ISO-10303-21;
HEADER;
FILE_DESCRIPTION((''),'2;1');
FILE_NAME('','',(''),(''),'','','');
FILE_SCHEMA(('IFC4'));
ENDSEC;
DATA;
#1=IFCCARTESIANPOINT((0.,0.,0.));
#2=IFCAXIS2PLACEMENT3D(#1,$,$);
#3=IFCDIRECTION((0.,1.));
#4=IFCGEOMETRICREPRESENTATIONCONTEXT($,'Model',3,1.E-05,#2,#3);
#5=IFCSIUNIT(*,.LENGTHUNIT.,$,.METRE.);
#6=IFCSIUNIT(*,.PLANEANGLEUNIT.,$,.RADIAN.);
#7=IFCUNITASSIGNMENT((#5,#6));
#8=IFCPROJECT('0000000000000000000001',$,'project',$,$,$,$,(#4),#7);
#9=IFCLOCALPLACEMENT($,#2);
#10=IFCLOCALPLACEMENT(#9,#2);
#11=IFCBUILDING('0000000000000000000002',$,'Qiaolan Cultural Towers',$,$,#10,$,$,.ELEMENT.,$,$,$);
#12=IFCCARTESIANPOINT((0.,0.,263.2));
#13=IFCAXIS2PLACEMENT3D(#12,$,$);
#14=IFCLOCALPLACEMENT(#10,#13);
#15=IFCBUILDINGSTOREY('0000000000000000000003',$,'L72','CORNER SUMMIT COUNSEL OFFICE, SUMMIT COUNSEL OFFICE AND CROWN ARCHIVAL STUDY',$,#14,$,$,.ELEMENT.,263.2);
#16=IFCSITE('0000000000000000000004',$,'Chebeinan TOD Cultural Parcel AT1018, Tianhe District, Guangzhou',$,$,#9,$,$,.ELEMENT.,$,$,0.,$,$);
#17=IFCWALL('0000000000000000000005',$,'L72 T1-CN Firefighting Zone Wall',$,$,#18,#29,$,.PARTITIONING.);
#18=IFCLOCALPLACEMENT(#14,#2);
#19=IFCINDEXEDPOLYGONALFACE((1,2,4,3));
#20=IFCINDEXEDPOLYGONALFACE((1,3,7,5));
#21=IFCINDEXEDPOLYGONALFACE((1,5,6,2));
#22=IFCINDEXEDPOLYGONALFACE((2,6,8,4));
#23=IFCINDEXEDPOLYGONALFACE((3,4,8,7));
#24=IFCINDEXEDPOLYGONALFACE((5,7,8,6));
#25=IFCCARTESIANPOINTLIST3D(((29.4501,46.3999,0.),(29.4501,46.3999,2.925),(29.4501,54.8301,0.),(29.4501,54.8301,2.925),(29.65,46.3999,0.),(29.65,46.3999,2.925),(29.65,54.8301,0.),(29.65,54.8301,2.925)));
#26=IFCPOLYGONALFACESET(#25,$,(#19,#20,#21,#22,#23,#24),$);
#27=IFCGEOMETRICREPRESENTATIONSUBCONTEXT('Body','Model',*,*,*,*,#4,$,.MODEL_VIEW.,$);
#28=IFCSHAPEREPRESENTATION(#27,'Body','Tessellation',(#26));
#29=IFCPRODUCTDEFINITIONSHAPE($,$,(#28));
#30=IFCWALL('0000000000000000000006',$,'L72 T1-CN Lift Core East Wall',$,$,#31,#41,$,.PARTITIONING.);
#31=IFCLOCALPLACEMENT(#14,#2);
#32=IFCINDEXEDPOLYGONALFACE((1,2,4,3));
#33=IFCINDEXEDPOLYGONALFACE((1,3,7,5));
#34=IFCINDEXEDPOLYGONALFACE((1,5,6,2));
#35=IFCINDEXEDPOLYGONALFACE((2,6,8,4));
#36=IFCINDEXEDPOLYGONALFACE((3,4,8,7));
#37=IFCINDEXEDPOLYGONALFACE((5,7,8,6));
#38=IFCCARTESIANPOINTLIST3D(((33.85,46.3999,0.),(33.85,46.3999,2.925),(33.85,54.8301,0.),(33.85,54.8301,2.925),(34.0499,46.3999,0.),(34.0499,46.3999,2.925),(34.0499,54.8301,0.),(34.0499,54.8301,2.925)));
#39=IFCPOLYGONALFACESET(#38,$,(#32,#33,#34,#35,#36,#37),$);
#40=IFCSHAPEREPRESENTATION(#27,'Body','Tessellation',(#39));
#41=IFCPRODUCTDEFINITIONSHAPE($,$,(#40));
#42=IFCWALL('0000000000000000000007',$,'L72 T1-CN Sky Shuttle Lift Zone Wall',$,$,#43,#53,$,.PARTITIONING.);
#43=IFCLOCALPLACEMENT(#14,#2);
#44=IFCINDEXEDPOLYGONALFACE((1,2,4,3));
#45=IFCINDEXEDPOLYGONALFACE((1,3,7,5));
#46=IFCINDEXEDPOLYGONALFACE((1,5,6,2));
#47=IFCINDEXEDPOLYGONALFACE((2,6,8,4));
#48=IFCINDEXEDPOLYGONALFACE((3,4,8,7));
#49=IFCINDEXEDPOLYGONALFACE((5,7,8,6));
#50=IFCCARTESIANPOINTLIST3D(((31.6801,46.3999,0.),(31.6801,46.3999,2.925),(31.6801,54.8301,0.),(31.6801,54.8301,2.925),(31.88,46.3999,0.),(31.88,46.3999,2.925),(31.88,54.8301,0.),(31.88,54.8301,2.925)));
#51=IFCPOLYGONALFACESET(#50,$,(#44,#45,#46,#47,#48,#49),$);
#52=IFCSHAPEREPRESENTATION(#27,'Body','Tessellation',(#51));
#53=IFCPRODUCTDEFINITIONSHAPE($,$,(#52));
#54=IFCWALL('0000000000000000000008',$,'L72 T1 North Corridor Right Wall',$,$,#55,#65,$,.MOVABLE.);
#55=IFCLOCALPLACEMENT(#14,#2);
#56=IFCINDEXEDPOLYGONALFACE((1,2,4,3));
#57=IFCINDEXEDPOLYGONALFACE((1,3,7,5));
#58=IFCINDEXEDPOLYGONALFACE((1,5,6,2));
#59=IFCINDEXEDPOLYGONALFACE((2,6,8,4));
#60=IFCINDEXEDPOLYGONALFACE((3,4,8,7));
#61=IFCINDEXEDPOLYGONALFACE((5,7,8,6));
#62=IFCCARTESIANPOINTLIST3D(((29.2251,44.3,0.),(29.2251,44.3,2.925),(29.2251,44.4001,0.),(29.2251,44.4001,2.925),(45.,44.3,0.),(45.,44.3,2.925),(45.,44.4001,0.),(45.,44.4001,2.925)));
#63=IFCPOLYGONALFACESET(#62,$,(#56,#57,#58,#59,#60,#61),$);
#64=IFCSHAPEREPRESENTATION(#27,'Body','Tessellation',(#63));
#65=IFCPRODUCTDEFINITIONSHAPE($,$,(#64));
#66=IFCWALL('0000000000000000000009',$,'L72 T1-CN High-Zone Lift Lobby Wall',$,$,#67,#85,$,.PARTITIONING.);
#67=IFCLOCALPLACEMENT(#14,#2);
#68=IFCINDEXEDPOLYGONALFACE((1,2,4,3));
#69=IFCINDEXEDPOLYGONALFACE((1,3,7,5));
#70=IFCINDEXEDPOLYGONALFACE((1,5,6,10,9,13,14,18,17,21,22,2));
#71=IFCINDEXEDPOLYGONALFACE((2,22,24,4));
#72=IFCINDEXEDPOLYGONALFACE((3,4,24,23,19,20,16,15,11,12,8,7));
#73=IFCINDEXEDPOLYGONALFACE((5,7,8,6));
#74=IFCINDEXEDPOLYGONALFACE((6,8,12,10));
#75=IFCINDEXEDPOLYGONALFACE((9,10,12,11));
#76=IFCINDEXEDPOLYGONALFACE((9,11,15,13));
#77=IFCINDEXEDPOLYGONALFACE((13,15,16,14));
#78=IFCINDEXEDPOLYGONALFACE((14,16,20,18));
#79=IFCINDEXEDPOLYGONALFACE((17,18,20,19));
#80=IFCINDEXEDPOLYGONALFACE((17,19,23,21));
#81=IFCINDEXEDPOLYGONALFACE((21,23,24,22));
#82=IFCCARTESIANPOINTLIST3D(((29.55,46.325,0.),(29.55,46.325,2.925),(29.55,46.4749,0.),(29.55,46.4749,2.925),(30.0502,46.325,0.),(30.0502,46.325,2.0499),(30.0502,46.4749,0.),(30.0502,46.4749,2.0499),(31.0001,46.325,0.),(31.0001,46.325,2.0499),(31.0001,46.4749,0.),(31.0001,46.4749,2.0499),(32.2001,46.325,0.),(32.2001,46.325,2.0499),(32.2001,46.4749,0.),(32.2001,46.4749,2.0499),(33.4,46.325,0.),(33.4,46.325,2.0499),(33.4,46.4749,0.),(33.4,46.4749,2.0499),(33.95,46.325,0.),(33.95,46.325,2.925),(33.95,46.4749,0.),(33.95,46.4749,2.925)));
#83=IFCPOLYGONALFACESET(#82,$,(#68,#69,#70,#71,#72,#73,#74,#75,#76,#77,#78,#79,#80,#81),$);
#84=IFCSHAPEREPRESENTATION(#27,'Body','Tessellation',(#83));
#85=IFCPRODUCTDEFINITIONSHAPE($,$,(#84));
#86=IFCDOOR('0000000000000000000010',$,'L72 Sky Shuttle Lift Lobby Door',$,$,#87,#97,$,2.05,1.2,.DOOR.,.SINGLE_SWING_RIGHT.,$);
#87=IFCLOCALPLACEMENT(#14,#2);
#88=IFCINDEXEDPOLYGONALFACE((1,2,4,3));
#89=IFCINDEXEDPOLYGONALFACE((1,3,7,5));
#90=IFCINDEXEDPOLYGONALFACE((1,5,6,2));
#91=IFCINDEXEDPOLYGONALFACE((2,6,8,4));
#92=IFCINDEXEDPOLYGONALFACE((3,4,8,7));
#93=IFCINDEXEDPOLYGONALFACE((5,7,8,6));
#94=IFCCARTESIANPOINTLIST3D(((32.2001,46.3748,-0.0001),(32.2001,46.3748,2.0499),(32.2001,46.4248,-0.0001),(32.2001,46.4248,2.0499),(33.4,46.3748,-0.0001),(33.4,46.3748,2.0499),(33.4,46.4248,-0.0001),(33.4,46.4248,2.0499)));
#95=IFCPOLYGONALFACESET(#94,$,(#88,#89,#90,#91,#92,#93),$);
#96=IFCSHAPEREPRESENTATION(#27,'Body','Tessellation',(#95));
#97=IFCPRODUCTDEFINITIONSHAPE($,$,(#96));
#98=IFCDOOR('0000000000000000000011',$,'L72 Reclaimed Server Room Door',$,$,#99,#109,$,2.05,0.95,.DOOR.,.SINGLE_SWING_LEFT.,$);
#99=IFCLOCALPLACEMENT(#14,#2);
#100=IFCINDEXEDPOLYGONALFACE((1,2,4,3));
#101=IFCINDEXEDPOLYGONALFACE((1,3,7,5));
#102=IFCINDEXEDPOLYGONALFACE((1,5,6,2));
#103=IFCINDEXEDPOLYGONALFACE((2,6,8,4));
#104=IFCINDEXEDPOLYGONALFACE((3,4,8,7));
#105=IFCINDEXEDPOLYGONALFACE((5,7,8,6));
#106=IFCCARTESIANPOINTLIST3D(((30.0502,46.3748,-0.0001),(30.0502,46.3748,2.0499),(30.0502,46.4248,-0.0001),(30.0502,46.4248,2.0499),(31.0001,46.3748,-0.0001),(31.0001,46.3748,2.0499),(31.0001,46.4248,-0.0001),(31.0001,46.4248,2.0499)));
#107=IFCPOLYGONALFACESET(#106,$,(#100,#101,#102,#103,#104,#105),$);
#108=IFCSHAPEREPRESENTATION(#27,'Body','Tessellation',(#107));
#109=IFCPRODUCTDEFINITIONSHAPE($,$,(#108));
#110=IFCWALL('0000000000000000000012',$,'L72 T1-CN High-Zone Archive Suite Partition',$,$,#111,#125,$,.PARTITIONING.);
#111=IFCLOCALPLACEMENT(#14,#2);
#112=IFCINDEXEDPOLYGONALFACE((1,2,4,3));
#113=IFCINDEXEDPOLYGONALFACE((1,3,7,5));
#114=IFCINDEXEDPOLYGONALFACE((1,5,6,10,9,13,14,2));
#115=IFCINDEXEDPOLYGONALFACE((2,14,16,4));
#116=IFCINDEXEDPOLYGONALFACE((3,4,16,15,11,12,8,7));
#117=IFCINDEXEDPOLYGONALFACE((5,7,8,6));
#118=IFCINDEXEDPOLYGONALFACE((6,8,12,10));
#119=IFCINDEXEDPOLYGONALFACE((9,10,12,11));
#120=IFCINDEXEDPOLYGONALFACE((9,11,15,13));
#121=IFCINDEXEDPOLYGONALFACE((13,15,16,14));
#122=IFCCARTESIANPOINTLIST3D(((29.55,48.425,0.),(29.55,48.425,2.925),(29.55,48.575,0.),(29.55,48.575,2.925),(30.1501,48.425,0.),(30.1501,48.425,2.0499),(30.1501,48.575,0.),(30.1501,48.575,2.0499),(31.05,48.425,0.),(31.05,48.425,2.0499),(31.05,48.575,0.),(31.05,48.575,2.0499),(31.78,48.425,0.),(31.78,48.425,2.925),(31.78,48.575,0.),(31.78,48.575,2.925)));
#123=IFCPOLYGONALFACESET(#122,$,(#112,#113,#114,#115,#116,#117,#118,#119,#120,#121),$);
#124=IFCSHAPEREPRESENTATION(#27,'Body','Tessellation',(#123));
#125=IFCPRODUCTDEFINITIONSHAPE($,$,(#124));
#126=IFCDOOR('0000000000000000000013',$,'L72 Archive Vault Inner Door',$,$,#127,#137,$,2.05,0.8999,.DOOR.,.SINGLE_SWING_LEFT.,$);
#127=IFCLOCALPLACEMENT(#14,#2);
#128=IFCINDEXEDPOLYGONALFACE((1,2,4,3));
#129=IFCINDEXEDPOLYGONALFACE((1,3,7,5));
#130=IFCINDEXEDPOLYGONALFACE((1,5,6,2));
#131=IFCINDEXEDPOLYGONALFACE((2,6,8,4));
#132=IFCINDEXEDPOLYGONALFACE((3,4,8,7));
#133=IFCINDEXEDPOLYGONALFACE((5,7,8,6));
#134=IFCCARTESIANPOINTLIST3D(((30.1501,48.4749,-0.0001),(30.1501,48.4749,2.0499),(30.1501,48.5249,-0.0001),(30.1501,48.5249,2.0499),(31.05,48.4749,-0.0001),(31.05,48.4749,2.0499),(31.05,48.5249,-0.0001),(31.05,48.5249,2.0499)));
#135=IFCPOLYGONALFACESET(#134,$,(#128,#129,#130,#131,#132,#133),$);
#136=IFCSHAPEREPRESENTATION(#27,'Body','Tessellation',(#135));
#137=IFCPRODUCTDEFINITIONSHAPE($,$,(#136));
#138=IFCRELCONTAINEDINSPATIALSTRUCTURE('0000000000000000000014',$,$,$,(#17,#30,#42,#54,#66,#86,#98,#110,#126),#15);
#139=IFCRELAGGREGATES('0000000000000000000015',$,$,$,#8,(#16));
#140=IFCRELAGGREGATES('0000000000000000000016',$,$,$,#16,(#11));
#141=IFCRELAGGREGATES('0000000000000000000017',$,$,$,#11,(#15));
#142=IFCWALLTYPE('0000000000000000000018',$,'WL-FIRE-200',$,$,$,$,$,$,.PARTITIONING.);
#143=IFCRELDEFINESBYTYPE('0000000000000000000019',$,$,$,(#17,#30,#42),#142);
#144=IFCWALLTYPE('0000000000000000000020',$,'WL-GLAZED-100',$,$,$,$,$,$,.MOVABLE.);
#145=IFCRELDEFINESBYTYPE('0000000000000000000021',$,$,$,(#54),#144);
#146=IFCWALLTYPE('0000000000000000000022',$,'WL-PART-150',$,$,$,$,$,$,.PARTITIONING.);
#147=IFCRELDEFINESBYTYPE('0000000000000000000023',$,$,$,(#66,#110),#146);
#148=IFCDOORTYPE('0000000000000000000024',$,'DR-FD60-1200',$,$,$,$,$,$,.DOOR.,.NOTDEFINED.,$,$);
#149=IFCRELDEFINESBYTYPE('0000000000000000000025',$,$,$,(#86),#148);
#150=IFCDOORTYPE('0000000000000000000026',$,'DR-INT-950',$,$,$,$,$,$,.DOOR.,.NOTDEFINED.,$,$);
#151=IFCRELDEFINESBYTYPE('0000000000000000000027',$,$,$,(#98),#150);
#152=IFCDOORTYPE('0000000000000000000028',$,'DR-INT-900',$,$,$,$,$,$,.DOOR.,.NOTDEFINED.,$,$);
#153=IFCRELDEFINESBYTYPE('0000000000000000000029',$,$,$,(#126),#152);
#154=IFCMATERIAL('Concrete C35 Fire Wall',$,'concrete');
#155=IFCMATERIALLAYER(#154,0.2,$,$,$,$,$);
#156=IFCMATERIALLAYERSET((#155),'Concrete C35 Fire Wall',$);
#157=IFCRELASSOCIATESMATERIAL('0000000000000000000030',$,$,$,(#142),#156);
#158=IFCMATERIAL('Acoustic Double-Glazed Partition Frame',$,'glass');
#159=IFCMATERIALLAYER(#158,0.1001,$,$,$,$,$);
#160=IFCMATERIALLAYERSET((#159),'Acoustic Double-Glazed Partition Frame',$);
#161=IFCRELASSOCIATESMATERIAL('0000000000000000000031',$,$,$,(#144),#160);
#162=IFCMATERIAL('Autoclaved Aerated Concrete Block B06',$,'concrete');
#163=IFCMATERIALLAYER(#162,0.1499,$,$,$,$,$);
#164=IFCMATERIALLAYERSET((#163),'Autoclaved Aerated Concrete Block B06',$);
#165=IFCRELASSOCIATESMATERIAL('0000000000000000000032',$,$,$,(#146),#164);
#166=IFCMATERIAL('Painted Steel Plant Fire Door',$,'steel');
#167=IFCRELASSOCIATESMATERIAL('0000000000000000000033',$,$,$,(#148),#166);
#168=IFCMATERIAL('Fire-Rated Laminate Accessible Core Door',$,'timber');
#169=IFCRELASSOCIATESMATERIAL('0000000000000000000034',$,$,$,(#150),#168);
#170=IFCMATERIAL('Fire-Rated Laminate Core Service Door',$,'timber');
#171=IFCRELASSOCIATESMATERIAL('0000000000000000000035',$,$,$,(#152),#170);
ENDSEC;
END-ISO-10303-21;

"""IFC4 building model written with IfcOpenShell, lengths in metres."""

from ifc_helpers import new_model, si_unit, direction, frame, frame_2d, origin, place, context, subcontext, project, spatial, rectangle, extrude, material, layer, layer_set, type_object, element, fill, save


model = new_model("IFC4")

# Units and contexts
model_context = context("Model", 3, precision=1e-05, world=origin(), true_north=direction((0.0, 1.0)))
body_context = subcontext(model_context, "Body", "Model", "MODEL_VIEW")
ifc_project = project(units=[si_unit("LENGTHUNIT", "METRE"), si_unit("PLANEANGLEUNIT", "RADIAN")], contexts=[model_context])

# Site, building, storey
site_placement = place(None, origin())
site = spatial("IfcSite", under=ifc_project, at=site_placement, Name="Chebeinan TOD Cultural Parcel AT1018, Tianhe District, Guangzhou", CompositionType="ELEMENT", RefElevation=0.0)
building_placement = place(site_placement, origin())
building = spatial("IfcBuilding", under=site, at=building_placement, Name="Qiaolan Cultural Towers", CompositionType="ELEMENT")
storey_placement = place(building_placement, frame((0.0, 0.0, 263.2)))
storey = spatial("IfcBuildingStorey", under=building, at=storey_placement, Name="L72", Description="CORNER SUMMIT COUNSEL OFFICE, SUMMIT COUNSEL OFFICE AND CROWN ARCHIVAL STUDY", CompositionType="ELEMENT", Elevation=263.2)

# Walls
ifc_material_1 = material(Name="Concrete C35 Fire Wall", Category="concrete")
ifc_layer_1 = layer(ifc_material_1, 0.2)
ifc_layer_set_1 = layer_set([ifc_layer_1], Name="Concrete C35 Fire Wall")
wall_type_1 = type_object("IfcWallType", Name="WL-FIRE-200", PredefinedType="PARTITIONING", material=ifc_layer_set_1)
for number, where, z_axis, x_axis, name in (
    (1, (29.55, 46.3999, 0.0), (0.0, 0.0, 1.0), (0.0, 1.0, 0.0), "L72 T1-CN Firefighting Zone Wall"),
    (2, (33.95, 46.3999, 0.0), (0.0, 0.0, 1.0), (0.0, 1.0, 0.0), "L72 T1-CN Lift Core East Wall"),
    (3, (31.78, 46.3999, 0.0), (0.0, 0.0, 1.0), (0.0, 1.0, 0.0), "L72 T1-CN Sky Shuttle Lift Zone Wall"),
):
    element("IfcWall", number, at=place(storey_placement, frame(where, z_axis=z_axis, x_axis=x_axis)), inside=storey, type_object=wall_type_1, Name=name, PredefinedType="PARTITIONING", context=body_context, shape_type="SweptSolid", body=[
        extrude(rectangle(XDim=8.4302, YDim=0.2, at=frame_2d((4.2151, 0.0))), origin(), (0.0, 0.0, 1.0), 2.925),
    ])
ifc_material_2 = material(Name="Acoustic Double-Glazed Partition Frame", Category="glass")
ifc_layer_2 = layer(ifc_material_2, 0.1001)
ifc_layer_set_2 = layer_set([ifc_layer_2], Name="Acoustic Double-Glazed Partition Frame")
wall_type_2 = type_object("IfcWallType", Name="WL-GLAZED-100", PredefinedType="MOVABLE", material=ifc_layer_set_2)
wall_1_placement = place(storey_placement, frame((29.2251, 44.3501, 0.0), z_axis=(0.0, 0.0, 1.0), x_axis=(1.0, 0.0, 0.0)))
element("IfcWall", 4, at=wall_1_placement, inside=storey, type_object=wall_type_2, Name="L72 T1 North Corridor Right Wall", PredefinedType="MOVABLE", context=body_context, shape_type="SweptSolid", body=[
    extrude(rectangle(XDim=15.7749, YDim=0.1001, at=frame_2d((7.8875, 0.0))), origin(), (0.0, 0.0, 1.0), 2.925),
])

# Wall, openings, doors
ifc_material_3 = material(Name="Autoclaved Aerated Concrete Block B06", Category="concrete")
ifc_layer_3 = layer(ifc_material_3, 0.1499)
ifc_layer_set_3 = layer_set([ifc_layer_3], Name="Autoclaved Aerated Concrete Block B06")
wall_type_3 = type_object("IfcWallType", Name="WL-PART-150", PredefinedType="PARTITIONING", material=ifc_layer_set_3)
wall_2_placement = place(storey_placement, frame((29.55, 46.3999, 0.0), z_axis=(0.0, 0.0, 1.0), x_axis=(1.0, 0.0, 0.0)))
wall_2 = element("IfcWall", 5, at=wall_2_placement, inside=storey, type_object=wall_type_3, Name="L72 T1-CN High-Zone Lift Lobby Wall", PredefinedType="PARTITIONING", context=body_context, shape_type="SweptSolid", body=[
    extrude(rectangle(XDim=4.3999, YDim=0.1499, at=frame_2d((2.2, 0.0))), origin(), (0.0, 0.0, 1.0), 2.925),
])
opening_1_placement = place(wall_2_placement, frame((0.5, 0.0, 0.0)))
opening_1 = element("IfcOpeningElement", 6, at=opening_1_placement, cuts=wall_2, PredefinedType="OPENING", context=body_context, shape_type="SweptSolid", body=[
    extrude(rectangle(XDim=0.95, YDim=2.05, at=frame_2d((0.4751, 1.0249))), frame((0.0, 0.085, 0.0), z_axis=(0.0, -1.0, 0.0), x_axis=(1.0, 0.0, 0.0)), (0.0, 0.0, 1.0), 0.1699),
])
opening_2_placement = place(wall_2_placement, frame((2.6499, 0.0, 0.0)))
opening_2 = element("IfcOpeningElement", 7, at=opening_2_placement, cuts=wall_2, PredefinedType="OPENING", context=body_context, shape_type="SweptSolid", body=[
    extrude(rectangle(XDim=1.2, YDim=2.05, at=frame_2d((0.6001, 1.0249))), frame((0.0, 0.085, 0.0), z_axis=(0.0, -1.0, 0.0), x_axis=(1.0, 0.0, 0.0)), (0.0, 0.0, 1.0), 0.1699),
])
ifc_material_4 = material(Name="Painted Steel Plant Fire Door", Category="steel")
door_type_1 = type_object("IfcDoorType", Name="DR-FD60-1200", OperationType="NOTDEFINED", PredefinedType="DOOR", material=ifc_material_4)
door_1_placement = place(opening_2_placement, origin())
door_1 = element("IfcDoor", 8, at=door_1_placement, inside=storey, type_object=door_type_1, Name="L72 Sky Shuttle Lift Lobby Door", OperationType="SINGLE_SWING_RIGHT", OverallHeight=2.05, OverallWidth=1.2, PredefinedType="DOOR", context=body_context, shape_type="SweptSolid", body=[
    extrude(rectangle(XDim=1.2, YDim=2.05, at=frame_2d((0.6001, 1.0249))), frame((0.0, 0.0249, 0.0), z_axis=(0.0, -1.0, 0.0), x_axis=(1.0, 0.0, 0.0)), (0.0, 0.0, 1.0), 0.05),
])
fill(opening_2, door_1)
ifc_material_5 = material(Name="Fire-Rated Laminate Accessible Core Door", Category="timber")
door_type_2 = type_object("IfcDoorType", Name="DR-INT-950", OperationType="NOTDEFINED", PredefinedType="DOOR", material=ifc_material_5)
door_2_placement = place(opening_1_placement, origin())
door_2 = element("IfcDoor", 9, at=door_2_placement, inside=storey, type_object=door_type_2, Name="L72 Reclaimed Server Room Door", OperationType="SINGLE_SWING_LEFT", OverallHeight=2.05, OverallWidth=0.95, PredefinedType="DOOR", context=body_context, shape_type="SweptSolid", body=[
    extrude(rectangle(XDim=0.95, YDim=2.05, at=frame_2d((0.4751, 1.0249))), frame((0.0, 0.0249, 0.0), z_axis=(0.0, -1.0, 0.0), x_axis=(1.0, 0.0, 0.0)), (0.0, 0.0, 1.0), 0.05),
])
fill(opening_1, door_2)

# Wall, opening, door
wall_3_placement = place(storey_placement, frame((29.55, 48.5, 0.0), z_axis=(0.0, 0.0, 1.0), x_axis=(1.0, 0.0, 0.0)))
wall_3 = element("IfcWall", 10, at=wall_3_placement, inside=storey, type_object=wall_type_3, Name="L72 T1-CN High-Zone Archive Suite Partition", PredefinedType="PARTITIONING", context=body_context, shape_type="SweptSolid", body=[
    extrude(rectangle(XDim=2.23, YDim=0.1499, at=frame_2d((1.115, 0.0))), origin(), (0.0, 0.0, 1.0), 2.925),
])
opening_3_placement = place(wall_3_placement, frame((0.6001, 0.0, 0.0)))
opening_3 = element("IfcOpeningElement", 11, at=opening_3_placement, cuts=wall_3, PredefinedType="OPENING", context=body_context, shape_type="SweptSolid", body=[
    extrude(rectangle(XDim=0.8999, YDim=2.05, at=frame_2d((0.45, 1.0249))), frame((0.0, 0.085, 0.0), z_axis=(0.0, -1.0, 0.0), x_axis=(1.0, 0.0, 0.0)), (0.0, 0.0, 1.0), 0.1699),
])
ifc_material_6 = material(Name="Fire-Rated Laminate Core Service Door", Category="timber")
door_type_3 = type_object("IfcDoorType", Name="DR-INT-900", OperationType="NOTDEFINED", PredefinedType="DOOR", material=ifc_material_6)
door_3_placement = place(opening_3_placement, origin())
door_3 = element("IfcDoor", 12, at=door_3_placement, inside=storey, type_object=door_type_3, Name="L72 Archive Vault Inner Door", OperationType="SINGLE_SWING_LEFT", OverallHeight=2.05, OverallWidth=0.8999, PredefinedType="DOOR", context=body_context, shape_type="SweptSolid", body=[
    extrude(rectangle(XDim=0.8999, YDim=2.05, at=frame_2d((0.45, 1.0249))), frame((0.0, 0.0249, 0.0), z_axis=(0.0, -1.0, 0.0), x_axis=(1.0, 0.0, 0.0)), (0.0, 0.0, 1.0), 0.05),
])
fill(opening_3, door_3)

save(model, "model.ifc")
